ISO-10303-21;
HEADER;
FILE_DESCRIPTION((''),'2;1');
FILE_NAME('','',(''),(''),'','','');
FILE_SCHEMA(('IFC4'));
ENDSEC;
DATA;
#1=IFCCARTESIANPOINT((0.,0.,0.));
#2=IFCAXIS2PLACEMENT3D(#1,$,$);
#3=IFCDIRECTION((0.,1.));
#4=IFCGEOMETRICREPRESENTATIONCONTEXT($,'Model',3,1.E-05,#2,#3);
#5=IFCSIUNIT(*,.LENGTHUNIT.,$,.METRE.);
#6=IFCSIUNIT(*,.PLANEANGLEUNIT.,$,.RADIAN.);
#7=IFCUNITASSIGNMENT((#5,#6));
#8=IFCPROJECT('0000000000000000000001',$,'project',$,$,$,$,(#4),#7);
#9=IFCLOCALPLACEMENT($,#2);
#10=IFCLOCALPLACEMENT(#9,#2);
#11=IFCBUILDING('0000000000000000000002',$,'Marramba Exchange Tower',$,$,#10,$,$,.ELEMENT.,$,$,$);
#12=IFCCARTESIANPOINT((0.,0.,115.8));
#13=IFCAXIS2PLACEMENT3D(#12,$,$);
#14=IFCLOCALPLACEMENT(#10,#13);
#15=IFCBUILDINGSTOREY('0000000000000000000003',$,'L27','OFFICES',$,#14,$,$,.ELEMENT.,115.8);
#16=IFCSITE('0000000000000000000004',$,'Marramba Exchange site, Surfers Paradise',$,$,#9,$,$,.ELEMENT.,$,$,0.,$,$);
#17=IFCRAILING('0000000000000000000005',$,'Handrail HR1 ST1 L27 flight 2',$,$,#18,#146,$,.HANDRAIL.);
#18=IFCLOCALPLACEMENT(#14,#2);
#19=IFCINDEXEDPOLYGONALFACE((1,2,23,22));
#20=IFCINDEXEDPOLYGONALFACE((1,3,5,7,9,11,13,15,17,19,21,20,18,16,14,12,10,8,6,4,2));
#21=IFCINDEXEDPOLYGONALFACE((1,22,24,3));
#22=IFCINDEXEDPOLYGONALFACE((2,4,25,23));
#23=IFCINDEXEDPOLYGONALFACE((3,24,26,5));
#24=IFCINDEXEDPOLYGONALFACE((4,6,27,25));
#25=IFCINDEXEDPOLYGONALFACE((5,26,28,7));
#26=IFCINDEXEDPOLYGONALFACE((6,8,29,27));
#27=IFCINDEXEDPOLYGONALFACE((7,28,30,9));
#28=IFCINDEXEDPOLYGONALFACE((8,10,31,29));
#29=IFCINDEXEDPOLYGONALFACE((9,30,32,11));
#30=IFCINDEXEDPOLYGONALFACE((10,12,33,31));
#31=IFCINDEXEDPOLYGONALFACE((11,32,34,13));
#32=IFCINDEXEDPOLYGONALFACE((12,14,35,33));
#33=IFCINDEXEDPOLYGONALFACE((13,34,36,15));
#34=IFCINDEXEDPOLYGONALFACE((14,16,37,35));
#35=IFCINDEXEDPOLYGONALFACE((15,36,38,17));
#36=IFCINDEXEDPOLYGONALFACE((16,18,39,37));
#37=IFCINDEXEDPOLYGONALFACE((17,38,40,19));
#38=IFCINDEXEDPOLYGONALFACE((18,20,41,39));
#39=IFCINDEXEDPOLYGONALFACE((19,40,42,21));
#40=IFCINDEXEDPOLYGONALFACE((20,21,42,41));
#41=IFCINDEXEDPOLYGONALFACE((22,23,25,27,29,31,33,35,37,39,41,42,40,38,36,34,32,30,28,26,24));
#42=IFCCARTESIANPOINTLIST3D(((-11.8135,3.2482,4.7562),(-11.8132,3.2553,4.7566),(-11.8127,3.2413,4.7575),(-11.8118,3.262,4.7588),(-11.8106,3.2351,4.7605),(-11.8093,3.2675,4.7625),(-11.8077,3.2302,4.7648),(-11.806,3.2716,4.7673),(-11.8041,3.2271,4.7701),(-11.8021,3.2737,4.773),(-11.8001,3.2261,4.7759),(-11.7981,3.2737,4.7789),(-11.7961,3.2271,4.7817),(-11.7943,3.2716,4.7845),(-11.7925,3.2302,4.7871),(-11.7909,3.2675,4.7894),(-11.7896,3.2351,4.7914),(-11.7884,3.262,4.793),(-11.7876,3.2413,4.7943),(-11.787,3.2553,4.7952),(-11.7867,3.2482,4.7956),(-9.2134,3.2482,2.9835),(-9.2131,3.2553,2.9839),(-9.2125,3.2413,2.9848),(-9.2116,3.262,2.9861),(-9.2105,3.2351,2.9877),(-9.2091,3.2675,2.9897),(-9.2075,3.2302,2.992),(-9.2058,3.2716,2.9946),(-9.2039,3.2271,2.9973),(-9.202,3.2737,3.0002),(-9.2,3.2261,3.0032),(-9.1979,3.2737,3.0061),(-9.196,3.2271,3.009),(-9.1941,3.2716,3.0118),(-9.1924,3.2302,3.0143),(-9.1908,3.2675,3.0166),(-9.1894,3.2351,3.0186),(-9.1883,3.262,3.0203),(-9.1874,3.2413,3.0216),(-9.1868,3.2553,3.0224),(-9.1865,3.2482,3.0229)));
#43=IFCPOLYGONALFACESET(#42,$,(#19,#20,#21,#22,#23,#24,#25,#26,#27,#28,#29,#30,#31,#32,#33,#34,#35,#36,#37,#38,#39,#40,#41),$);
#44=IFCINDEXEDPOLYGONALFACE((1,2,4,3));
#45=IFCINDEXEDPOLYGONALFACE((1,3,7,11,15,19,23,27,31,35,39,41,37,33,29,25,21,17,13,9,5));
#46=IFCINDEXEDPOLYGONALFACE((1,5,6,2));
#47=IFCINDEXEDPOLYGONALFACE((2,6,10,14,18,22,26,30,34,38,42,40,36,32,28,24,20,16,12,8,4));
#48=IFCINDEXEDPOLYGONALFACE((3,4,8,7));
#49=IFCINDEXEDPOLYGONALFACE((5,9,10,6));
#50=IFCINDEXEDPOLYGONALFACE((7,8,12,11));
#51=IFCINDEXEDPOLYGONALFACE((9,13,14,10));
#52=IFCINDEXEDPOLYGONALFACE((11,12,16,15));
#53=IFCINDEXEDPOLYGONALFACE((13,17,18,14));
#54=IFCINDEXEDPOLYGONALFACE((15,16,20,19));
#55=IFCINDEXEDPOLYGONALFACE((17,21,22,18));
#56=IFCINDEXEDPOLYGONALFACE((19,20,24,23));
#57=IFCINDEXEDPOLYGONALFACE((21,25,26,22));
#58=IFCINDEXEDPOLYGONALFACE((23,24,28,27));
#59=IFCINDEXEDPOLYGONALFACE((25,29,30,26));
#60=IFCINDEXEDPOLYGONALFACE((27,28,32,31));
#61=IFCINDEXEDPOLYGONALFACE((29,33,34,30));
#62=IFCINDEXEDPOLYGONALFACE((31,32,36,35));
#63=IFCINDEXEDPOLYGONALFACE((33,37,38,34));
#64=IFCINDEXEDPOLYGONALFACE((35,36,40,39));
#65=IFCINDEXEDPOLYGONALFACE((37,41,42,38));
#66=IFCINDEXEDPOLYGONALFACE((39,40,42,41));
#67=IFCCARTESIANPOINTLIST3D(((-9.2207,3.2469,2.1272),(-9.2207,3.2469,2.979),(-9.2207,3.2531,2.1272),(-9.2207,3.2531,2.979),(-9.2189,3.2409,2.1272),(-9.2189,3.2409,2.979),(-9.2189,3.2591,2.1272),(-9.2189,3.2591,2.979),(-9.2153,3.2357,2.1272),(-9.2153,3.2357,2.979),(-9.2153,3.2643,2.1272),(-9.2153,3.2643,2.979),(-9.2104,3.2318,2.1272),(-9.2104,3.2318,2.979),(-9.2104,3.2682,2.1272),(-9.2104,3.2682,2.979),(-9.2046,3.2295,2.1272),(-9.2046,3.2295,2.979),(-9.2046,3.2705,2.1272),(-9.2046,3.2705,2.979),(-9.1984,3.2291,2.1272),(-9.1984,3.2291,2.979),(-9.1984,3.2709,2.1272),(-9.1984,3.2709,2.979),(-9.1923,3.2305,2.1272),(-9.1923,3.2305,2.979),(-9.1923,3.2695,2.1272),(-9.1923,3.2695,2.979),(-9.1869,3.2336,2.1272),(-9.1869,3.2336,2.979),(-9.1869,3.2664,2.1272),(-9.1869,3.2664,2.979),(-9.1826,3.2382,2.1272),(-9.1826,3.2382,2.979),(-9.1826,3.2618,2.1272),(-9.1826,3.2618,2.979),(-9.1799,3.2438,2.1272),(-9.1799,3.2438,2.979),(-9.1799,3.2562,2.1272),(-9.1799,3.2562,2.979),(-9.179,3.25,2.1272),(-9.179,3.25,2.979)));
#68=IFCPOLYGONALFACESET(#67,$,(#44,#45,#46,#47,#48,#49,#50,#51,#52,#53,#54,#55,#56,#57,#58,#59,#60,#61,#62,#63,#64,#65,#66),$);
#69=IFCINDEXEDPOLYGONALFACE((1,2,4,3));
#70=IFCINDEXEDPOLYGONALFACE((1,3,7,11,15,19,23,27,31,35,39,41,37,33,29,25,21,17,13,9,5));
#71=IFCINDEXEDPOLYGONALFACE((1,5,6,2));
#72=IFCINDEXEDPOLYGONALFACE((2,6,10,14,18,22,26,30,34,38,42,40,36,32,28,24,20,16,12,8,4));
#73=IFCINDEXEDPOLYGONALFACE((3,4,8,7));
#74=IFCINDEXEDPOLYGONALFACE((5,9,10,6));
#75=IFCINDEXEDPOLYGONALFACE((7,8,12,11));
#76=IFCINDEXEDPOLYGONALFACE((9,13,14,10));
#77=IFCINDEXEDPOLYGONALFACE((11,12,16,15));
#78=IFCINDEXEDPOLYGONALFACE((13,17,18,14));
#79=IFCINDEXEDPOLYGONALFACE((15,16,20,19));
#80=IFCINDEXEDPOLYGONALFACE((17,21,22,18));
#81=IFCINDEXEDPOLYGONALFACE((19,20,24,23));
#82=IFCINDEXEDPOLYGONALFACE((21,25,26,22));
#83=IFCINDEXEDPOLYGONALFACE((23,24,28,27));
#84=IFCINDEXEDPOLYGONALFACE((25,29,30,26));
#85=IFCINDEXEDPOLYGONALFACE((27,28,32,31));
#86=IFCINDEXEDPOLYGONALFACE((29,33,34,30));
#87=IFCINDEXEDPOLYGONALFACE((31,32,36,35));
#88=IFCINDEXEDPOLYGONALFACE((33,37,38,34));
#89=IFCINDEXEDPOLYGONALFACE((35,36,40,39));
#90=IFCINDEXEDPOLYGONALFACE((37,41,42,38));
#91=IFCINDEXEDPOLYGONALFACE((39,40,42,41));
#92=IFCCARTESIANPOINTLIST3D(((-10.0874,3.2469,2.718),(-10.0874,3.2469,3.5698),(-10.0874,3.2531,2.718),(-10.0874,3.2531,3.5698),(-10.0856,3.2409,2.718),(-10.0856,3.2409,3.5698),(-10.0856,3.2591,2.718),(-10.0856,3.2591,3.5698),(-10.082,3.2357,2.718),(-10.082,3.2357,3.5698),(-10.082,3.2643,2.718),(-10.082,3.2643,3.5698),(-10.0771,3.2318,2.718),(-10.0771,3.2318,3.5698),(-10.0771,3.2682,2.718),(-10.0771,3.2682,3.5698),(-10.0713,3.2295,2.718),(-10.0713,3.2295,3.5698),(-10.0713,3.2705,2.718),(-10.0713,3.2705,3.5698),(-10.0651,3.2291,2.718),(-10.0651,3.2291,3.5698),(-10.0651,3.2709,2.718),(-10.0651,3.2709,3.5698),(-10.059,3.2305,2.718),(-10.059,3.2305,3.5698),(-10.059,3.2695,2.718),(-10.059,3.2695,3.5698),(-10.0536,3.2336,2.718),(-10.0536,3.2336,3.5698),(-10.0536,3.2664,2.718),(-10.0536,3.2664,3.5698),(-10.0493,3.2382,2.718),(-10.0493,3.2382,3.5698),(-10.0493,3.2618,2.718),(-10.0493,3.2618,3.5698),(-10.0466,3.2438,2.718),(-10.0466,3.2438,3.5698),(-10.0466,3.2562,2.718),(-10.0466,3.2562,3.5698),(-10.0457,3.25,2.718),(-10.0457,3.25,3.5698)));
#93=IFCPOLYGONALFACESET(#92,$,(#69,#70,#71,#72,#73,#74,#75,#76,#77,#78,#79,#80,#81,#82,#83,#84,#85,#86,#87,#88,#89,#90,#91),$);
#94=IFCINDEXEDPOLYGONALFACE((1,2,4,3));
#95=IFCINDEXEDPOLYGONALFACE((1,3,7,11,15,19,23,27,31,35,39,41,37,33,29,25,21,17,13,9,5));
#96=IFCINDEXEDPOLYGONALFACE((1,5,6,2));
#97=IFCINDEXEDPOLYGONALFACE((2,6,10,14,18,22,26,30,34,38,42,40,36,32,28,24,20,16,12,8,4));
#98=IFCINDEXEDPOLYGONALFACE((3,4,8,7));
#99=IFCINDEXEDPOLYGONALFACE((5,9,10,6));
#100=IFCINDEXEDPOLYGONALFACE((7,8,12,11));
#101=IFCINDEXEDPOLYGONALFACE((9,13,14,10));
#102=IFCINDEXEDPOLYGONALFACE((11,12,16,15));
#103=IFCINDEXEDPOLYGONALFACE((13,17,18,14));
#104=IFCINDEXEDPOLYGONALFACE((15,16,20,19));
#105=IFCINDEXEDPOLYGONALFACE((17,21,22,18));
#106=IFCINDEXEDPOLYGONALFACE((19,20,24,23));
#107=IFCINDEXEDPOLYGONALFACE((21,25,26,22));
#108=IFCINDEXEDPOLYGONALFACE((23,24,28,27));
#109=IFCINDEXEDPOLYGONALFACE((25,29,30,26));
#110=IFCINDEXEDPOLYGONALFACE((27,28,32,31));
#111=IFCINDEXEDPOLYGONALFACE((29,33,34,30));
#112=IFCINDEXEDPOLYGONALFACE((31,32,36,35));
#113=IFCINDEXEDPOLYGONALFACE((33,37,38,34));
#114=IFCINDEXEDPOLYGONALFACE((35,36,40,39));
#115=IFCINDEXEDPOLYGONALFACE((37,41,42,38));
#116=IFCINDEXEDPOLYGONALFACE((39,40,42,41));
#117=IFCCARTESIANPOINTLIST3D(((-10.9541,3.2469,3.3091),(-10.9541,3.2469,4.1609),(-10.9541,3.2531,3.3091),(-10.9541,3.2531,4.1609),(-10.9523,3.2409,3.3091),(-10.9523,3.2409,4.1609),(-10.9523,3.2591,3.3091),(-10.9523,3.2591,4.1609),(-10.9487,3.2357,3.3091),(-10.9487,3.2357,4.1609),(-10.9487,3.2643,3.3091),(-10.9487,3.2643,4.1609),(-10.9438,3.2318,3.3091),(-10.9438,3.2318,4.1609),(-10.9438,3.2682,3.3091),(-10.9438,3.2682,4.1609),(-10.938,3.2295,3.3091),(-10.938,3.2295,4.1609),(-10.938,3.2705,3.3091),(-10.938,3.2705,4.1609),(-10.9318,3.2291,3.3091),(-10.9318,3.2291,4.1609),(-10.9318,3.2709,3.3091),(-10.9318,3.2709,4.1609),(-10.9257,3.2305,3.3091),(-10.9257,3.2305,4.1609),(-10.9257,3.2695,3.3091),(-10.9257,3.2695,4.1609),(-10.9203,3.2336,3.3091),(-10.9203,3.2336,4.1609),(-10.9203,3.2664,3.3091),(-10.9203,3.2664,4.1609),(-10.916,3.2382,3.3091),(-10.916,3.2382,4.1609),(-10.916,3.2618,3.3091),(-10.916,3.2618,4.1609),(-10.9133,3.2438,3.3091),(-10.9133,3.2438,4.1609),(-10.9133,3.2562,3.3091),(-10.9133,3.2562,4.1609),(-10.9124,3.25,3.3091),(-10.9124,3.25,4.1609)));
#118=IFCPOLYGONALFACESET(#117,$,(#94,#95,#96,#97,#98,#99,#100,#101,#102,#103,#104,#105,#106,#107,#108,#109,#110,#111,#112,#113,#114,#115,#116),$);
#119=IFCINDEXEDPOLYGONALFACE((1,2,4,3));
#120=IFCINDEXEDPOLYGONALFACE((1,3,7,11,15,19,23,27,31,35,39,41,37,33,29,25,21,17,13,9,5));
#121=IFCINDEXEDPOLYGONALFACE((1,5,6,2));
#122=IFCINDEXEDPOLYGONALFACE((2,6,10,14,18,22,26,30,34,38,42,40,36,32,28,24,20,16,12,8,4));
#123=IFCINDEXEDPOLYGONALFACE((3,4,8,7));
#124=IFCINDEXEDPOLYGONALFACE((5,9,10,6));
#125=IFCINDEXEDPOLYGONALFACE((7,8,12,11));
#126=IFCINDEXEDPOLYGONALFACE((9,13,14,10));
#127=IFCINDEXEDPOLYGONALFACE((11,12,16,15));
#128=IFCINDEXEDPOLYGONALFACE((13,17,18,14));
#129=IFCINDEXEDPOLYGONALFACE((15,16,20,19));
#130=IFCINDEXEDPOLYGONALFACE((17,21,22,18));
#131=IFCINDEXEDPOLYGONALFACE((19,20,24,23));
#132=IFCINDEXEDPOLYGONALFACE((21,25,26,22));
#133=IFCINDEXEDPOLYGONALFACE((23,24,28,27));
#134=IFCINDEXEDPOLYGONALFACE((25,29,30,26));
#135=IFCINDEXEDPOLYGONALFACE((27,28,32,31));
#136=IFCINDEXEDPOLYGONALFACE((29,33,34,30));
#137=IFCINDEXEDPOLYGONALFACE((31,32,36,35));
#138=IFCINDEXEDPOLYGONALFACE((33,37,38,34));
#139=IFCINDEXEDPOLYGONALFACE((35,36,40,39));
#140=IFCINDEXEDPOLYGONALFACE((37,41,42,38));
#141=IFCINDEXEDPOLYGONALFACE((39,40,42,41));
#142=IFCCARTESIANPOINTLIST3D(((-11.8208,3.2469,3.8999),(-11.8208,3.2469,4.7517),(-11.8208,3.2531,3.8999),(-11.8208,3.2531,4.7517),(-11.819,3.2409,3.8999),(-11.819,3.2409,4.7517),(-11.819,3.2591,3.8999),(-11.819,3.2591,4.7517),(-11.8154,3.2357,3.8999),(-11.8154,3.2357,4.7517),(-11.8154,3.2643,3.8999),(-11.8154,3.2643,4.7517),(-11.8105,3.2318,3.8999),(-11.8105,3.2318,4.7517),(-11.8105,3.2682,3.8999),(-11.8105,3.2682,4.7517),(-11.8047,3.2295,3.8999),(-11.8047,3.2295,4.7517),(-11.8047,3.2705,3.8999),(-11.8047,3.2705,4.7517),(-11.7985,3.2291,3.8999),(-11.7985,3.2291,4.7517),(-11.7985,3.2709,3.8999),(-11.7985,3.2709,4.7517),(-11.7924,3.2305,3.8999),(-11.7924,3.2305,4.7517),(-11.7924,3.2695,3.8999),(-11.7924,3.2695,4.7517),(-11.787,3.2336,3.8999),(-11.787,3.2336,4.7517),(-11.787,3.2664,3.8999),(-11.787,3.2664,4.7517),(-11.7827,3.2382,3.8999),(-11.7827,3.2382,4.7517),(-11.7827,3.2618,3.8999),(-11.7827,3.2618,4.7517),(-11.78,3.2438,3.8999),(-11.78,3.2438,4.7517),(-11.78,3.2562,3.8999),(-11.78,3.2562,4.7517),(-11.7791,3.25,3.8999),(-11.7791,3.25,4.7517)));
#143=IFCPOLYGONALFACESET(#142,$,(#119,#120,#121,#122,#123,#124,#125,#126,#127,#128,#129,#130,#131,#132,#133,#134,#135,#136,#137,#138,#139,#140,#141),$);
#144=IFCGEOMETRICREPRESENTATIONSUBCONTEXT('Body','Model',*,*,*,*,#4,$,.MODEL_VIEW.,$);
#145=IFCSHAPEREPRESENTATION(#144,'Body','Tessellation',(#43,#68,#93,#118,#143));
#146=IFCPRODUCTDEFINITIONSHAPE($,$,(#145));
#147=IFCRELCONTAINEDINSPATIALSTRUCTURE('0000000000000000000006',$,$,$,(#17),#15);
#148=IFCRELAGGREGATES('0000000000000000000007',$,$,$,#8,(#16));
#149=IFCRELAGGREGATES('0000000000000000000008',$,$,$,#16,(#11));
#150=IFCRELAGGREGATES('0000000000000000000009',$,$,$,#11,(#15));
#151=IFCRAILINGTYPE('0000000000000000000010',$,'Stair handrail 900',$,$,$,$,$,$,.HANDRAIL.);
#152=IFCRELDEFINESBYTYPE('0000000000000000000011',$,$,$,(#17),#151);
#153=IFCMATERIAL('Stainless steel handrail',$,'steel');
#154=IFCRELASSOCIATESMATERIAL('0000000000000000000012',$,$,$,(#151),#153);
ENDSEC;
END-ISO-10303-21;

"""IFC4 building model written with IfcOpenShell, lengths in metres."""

from ifc_helpers import new_model, si_unit, direction, frame, origin, origin_2d, place, context, subcontext, project, spatial, circle, extrude, material, type_object, element, save


model = new_model("IFC4")

# Units and contexts
model_context = context("Model", 3, precision=1e-05, world=origin(), true_north=direction((0.0, 1.0)))
body_context = subcontext(model_context, "Body", "Model", "MODEL_VIEW")
ifc_project = project(units=[si_unit("LENGTHUNIT", "METRE"), si_unit("PLANEANGLEUNIT", "RADIAN")], contexts=[model_context])

# Site, building, storey
site_placement = place(None, origin())
site = spatial("IfcSite", under=ifc_project, at=site_placement, Name="Marramba Exchange site, Surfers Paradise", CompositionType="ELEMENT", RefElevation=0.0)
building_placement = place(site_placement, origin())
building = spatial("IfcBuilding", under=site, at=building_placement, Name="Marramba Exchange Tower", CompositionType="ELEMENT")
storey_placement = place(building_placement, frame((0.0, 0.0, 115.8)))
storey = spatial("IfcBuildingStorey", under=building, at=storey_placement, Name="L27", Description="OFFICES", CompositionType="ELEMENT", Elevation=115.8)

# Railing
ifc_material_1 = material(Name="Stainless steel handrail", Category="steel")
railing_type = type_object("IfcRailingType", Name="Stair handrail 900", PredefinedType="HANDRAIL", material=ifc_material_1)
railing_placement = place(storey_placement, frame((-9.2, 3.25, 2.1272)))
element("IfcRailing", 1, at=railing_placement, inside=storey, type_object=railing_type, Name="Handrail HR1 ST1 L27 flight 2", PredefinedType="HANDRAIL", context=body_context, shape_type="SweptSolid", body=[
    extrude(circle(Radius=0.0239, at=origin_2d()), frame((0.0, 0.0, 0.876), z_axis=(-0.82624, 0.0, 0.563318), x_axis=(0.0, -1.0, 0.0)), (0.0, 0.0, 1.0), 3.147),
    extrude(circle(Radius=0.021, at=origin_2d()), origin(), (0.0, 0.0, 1.0), 0.8518),
    extrude(circle(Radius=0.021, at=origin_2d()), frame((-0.8667, 0.0, 0.5908)), (0.0, 0.0, 1.0), 0.8518),
    extrude(circle(Radius=0.021, at=origin_2d()), frame((-1.7334, 0.0, 1.1819)), (0.0, 0.0, 1.0), 0.8518),
    extrude(circle(Radius=0.021, at=origin_2d()), frame((-2.6001, 0.0, 1.7727)), (0.0, 0.0, 1.0), 0.8518),
])

save(model, "model.ifc")
